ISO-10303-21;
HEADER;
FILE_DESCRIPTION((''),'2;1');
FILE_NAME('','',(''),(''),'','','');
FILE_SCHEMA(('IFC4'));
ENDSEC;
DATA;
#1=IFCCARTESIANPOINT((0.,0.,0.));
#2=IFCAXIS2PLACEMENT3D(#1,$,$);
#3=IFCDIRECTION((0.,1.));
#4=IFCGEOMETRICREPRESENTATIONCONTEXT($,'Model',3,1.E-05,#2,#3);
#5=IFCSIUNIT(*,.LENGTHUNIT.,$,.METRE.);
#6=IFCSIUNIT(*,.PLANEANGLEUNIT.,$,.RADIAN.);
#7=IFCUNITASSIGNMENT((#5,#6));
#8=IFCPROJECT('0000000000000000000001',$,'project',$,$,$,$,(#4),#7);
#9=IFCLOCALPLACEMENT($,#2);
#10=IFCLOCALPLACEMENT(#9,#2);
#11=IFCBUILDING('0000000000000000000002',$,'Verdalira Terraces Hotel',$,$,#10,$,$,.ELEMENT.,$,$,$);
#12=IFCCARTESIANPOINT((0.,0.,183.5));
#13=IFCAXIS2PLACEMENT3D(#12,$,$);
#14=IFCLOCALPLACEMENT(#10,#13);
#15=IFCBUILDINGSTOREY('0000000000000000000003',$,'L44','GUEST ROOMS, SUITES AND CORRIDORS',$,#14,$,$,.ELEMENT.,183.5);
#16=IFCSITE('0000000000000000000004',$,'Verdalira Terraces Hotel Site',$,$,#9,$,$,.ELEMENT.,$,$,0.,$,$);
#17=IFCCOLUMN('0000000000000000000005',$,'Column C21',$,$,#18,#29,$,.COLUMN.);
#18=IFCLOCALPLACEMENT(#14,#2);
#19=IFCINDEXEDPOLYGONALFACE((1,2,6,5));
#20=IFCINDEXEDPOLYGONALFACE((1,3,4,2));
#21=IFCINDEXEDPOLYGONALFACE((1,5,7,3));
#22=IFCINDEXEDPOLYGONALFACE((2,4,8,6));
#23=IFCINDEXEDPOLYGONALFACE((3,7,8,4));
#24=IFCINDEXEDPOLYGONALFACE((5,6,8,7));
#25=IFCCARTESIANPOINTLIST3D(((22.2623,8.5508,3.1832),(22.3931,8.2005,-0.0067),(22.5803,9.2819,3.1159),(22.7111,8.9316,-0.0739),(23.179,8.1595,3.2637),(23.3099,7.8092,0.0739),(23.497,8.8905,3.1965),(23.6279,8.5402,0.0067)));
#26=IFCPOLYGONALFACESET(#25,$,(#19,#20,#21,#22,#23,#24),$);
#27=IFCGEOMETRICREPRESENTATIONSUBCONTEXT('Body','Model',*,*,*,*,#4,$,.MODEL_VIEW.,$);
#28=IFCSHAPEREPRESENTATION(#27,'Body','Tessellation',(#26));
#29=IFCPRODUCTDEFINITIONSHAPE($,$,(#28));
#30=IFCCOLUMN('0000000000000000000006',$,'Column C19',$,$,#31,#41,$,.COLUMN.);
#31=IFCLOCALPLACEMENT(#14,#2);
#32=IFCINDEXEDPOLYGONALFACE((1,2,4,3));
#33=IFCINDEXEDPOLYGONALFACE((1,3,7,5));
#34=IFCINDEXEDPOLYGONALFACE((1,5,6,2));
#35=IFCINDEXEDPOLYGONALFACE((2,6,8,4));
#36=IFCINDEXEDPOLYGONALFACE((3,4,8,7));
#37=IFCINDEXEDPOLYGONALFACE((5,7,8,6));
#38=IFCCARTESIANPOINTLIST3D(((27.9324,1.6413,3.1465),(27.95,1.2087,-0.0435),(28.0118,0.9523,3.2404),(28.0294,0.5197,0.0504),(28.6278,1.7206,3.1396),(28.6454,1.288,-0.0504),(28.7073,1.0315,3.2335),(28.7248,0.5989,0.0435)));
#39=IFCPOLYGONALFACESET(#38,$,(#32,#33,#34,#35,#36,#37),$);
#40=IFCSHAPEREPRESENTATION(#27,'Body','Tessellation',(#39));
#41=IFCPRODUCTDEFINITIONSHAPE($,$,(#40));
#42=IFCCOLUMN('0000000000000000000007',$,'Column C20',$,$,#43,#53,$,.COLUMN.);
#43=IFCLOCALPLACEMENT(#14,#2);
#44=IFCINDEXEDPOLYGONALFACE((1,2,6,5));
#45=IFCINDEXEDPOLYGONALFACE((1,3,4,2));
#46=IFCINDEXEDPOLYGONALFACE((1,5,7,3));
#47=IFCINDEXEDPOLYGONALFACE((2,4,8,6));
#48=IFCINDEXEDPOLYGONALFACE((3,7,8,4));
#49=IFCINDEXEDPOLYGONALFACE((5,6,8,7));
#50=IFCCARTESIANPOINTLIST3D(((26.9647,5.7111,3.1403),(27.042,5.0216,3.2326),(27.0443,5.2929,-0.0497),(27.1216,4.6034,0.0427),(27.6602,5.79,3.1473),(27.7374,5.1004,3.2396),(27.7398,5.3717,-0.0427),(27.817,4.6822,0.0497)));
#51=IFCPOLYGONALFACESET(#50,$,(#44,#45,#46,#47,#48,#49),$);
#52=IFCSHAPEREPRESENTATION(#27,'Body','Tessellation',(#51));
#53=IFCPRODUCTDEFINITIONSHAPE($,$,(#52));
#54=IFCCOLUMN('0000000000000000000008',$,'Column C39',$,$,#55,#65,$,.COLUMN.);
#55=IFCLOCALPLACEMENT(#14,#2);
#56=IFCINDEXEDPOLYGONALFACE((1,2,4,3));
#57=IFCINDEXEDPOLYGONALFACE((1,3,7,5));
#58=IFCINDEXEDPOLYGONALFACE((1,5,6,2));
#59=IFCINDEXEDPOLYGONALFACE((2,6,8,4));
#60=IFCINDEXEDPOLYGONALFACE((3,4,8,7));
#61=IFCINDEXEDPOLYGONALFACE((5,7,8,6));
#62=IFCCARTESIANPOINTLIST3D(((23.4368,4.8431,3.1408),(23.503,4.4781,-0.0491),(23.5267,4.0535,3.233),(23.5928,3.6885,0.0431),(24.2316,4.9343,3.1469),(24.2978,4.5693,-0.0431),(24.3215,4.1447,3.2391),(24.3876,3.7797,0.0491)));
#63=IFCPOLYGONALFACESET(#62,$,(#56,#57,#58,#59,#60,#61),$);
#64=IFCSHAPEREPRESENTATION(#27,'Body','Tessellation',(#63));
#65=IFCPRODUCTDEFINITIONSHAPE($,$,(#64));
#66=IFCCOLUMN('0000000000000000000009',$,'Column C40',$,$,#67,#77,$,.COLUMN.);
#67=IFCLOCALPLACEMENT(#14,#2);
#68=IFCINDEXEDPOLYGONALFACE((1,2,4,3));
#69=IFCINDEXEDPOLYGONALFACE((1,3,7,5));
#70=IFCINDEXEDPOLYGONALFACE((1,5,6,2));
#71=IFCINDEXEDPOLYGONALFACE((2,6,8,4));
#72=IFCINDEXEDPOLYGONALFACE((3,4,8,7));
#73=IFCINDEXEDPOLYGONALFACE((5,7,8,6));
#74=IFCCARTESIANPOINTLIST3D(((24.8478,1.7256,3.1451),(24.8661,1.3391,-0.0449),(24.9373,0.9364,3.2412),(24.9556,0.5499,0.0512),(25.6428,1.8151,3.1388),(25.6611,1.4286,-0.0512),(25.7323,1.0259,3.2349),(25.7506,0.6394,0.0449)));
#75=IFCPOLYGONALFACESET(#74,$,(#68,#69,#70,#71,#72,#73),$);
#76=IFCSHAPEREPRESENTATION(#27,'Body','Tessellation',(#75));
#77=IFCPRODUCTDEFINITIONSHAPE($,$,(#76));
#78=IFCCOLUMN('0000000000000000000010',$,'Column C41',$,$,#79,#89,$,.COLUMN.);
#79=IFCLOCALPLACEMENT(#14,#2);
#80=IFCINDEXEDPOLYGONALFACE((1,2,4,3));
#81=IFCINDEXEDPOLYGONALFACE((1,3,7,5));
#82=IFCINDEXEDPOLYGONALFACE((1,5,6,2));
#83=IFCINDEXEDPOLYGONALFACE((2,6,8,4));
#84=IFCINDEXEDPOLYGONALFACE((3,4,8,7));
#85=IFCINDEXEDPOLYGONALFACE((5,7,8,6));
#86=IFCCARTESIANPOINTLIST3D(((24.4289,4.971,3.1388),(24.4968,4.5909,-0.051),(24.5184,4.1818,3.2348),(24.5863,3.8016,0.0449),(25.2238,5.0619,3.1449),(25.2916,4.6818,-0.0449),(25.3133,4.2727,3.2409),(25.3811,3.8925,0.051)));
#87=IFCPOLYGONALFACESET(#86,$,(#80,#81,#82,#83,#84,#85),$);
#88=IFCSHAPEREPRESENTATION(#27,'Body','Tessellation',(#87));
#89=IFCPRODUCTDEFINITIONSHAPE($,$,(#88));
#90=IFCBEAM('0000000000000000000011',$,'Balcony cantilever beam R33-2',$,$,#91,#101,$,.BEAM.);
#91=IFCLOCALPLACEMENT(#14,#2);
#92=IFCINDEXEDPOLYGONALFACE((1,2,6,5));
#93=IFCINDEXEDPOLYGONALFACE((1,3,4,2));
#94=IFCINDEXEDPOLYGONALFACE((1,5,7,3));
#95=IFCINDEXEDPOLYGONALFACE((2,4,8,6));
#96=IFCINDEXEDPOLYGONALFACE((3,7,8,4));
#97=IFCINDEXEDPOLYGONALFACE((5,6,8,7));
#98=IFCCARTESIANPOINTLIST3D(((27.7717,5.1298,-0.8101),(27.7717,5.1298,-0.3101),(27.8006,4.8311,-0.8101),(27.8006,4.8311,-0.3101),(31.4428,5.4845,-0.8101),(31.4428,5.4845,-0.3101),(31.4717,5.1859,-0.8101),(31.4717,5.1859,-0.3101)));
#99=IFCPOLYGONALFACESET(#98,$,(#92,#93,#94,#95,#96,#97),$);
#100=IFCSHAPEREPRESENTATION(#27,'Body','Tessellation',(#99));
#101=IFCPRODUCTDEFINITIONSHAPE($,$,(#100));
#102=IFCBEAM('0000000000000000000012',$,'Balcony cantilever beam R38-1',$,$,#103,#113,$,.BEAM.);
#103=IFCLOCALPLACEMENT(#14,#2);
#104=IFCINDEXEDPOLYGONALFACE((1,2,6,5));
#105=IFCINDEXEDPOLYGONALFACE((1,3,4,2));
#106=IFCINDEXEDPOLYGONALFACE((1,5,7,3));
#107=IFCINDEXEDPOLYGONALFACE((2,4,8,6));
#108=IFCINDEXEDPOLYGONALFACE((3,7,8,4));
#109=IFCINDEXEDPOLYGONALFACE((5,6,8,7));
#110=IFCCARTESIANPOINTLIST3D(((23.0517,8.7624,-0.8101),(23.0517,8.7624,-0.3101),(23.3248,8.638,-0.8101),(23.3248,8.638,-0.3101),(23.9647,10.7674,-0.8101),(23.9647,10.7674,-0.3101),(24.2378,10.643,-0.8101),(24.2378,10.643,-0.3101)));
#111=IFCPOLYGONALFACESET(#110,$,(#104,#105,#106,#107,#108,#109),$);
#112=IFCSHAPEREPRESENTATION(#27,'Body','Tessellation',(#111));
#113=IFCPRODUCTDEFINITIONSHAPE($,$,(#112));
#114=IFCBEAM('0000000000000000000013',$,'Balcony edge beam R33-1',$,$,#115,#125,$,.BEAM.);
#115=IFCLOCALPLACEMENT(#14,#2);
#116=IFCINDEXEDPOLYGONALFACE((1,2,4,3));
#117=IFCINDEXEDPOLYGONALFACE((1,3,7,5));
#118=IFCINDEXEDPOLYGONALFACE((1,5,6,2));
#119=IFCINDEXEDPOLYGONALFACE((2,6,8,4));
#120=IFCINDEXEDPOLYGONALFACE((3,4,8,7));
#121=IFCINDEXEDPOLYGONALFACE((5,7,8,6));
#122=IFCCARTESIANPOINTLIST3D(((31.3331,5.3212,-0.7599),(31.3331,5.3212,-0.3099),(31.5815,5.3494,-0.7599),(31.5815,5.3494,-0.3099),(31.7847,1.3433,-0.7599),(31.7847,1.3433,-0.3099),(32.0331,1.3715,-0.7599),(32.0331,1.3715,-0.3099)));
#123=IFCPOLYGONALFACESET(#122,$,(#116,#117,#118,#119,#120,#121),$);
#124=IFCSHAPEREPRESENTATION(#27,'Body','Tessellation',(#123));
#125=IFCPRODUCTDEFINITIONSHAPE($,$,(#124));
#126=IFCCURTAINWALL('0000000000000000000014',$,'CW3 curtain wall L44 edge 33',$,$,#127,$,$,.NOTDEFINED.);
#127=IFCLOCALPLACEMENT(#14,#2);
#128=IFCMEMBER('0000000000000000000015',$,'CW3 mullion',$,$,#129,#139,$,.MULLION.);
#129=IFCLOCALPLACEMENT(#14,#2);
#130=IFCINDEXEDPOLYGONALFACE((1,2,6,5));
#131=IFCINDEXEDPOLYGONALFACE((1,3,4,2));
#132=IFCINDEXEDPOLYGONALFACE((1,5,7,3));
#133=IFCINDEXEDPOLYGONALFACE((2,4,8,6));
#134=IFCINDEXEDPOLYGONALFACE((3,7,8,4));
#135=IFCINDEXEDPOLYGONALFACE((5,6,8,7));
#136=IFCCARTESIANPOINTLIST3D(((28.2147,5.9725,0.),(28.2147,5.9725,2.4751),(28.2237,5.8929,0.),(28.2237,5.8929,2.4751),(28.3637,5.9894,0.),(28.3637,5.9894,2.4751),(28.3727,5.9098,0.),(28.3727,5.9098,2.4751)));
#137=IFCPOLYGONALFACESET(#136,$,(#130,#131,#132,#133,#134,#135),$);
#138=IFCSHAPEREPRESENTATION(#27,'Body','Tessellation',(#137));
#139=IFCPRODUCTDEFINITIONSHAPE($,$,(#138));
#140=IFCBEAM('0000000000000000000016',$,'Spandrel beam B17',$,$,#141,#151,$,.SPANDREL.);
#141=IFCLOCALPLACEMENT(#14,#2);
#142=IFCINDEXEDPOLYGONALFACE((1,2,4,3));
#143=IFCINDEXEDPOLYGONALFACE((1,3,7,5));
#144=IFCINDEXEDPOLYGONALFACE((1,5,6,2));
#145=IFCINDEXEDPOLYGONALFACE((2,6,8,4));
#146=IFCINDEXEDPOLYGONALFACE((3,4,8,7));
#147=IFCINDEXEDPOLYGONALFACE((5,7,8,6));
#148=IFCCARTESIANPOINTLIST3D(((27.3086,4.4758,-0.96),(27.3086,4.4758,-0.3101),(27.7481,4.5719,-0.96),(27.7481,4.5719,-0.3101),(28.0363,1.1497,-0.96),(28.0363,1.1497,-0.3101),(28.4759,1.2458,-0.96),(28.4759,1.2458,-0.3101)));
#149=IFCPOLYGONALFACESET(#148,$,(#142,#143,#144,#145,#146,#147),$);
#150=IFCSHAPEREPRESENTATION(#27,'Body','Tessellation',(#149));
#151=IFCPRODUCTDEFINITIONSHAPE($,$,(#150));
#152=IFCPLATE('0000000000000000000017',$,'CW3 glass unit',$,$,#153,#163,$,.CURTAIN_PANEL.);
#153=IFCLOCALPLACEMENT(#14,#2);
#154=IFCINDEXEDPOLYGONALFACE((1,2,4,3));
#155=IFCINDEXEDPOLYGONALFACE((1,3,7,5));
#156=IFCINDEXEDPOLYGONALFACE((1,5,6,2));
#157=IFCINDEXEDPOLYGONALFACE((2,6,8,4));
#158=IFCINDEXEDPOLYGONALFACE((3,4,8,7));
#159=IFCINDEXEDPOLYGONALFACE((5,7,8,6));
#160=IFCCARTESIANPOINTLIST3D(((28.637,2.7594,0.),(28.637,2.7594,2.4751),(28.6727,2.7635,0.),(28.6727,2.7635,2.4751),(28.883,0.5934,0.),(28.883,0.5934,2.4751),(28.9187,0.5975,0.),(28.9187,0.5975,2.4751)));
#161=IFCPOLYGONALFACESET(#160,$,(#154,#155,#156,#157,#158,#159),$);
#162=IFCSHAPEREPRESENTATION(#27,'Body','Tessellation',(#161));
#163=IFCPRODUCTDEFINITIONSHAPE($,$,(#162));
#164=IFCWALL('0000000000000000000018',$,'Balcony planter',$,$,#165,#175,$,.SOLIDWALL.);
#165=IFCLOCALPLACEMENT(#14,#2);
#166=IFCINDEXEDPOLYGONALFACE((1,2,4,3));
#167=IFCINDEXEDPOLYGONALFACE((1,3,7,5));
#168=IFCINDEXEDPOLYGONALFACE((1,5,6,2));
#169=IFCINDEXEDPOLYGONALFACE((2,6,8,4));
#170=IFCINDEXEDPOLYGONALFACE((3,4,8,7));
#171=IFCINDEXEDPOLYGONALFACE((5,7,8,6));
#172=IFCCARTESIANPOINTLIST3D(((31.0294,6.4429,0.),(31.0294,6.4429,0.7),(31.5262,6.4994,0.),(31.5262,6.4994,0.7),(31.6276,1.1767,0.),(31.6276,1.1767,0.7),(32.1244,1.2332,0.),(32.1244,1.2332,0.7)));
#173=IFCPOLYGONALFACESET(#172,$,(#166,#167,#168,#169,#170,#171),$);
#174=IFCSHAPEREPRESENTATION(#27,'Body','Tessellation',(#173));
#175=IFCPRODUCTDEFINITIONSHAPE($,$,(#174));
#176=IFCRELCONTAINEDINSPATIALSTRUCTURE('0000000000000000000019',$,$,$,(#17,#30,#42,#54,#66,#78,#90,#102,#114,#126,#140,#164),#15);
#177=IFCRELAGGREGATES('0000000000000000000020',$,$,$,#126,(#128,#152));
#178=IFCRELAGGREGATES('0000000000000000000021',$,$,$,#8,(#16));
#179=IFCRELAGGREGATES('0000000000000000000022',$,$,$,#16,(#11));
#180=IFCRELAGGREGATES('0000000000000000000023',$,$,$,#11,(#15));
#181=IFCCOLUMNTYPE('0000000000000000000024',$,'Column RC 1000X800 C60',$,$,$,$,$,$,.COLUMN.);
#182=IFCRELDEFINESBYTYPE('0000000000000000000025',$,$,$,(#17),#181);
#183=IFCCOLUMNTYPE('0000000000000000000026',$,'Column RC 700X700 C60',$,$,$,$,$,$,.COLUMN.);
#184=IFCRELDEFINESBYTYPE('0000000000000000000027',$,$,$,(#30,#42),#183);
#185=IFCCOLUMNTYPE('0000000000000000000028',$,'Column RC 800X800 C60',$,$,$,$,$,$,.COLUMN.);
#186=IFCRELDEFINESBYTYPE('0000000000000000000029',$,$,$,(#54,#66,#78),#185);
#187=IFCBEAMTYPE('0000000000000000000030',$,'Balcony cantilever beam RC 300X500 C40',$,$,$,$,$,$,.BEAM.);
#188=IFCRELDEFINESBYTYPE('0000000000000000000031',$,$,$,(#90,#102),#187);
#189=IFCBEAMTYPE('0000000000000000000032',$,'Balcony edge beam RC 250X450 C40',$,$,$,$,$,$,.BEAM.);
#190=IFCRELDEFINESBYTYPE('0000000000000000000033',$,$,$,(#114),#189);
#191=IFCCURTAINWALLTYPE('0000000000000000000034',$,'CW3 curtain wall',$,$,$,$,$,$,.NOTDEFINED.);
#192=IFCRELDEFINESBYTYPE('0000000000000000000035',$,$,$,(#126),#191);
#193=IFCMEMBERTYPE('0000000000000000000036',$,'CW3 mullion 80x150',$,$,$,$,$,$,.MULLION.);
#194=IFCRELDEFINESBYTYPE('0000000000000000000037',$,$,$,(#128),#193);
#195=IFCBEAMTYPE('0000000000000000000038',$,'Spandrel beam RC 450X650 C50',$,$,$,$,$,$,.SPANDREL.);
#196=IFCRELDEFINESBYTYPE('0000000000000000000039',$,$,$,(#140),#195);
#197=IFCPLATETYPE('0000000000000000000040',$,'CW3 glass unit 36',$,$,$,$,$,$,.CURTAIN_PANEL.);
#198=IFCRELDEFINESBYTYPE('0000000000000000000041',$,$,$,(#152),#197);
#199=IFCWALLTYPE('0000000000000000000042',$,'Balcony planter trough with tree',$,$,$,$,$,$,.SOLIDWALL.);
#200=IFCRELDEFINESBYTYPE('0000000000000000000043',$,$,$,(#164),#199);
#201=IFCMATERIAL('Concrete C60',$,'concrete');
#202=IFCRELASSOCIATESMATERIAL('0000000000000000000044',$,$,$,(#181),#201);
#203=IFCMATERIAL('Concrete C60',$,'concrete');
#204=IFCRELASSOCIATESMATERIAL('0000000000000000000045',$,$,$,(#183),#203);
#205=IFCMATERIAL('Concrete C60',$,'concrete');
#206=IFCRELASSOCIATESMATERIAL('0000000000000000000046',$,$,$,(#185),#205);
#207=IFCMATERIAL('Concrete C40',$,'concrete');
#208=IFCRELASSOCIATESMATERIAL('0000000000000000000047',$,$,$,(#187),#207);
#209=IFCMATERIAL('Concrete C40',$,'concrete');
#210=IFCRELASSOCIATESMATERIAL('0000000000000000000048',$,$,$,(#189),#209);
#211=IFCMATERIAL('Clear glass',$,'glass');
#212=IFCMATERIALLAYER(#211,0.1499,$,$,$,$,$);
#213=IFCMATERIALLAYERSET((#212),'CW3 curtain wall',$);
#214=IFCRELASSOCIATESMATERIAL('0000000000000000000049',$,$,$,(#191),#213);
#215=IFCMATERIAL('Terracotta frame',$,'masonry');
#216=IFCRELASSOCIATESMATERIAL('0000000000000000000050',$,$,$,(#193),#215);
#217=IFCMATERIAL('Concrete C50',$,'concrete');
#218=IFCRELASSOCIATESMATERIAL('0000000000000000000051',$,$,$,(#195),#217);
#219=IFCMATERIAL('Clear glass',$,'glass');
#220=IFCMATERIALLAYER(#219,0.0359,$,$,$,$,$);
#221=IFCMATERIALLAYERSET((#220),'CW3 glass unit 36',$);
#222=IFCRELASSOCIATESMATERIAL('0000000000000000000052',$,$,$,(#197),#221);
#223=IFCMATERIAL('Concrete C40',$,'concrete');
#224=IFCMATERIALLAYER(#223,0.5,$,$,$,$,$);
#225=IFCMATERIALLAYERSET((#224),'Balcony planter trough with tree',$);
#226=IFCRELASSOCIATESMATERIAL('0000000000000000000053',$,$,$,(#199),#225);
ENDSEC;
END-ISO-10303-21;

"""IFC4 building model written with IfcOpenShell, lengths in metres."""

from ifc_helpers import new_model, si_unit, direction, frame, frame_2d, origin, origin_2d, place, context, subcontext, project, spatial, rectangle, extrude, material, layer, layer_set, material_profile, profile_set, type_object, element, aggregate, save


model = new_model("IFC4")

# Units and contexts
model_context = context("Model", 3, precision=1e-05, world=origin(), true_north=direction((0.0, 1.0)))
body_context = subcontext(model_context, "Body", "Model", "MODEL_VIEW")
ifc_project = project(units=[si_unit("LENGTHUNIT", "METRE"), si_unit("PLANEANGLEUNIT", "RADIAN")], contexts=[model_context])

# Site, building, storey
site_placement = place(None, origin())
site = spatial("IfcSite", under=ifc_project, at=site_placement, Name="Verdalira Terraces Hotel Site", CompositionType="ELEMENT", RefElevation=0.0)
building_placement = place(site_placement, origin())
building = spatial("IfcBuilding", under=site, at=building_placement, Name="Verdalira Terraces Hotel", CompositionType="ELEMENT")
storey_placement = place(building_placement, frame((0.0, 0.0, 183.5)))
storey = spatial("IfcBuildingStorey", under=building, at=storey_placement, Name="L44", Description="GUEST ROOMS, SUITES AND CORRIDORS", CompositionType="ELEMENT", Elevation=183.5)

# Columns
ifc_material_1 = material(Name="Concrete C60", Category="concrete")
ifc_material_profile_1 = material_profile(ifc_material_1, rectangle(XDim=1.0, YDim=0.8, at=origin_2d()), Name="RC 1000X800")
ifc_profile_set_1 = profile_set([ifc_material_profile_1], Name="Concrete C60")
column_type_1 = type_object("IfcColumnType", Name="Column RC 1000X800 C60", PredefinedType="COLUMN", material=ifc_profile_set_1)
column_1_placement = place(storey_placement, frame((23.0105, 8.3704, 0.0), z_axis=(-0.040743, 0.10908, 0.993198), x_axis=(0.916712, -0.391339, 0.080585)))
element("IfcColumn", 1, at=column_1_placement, inside=storey, type_object=column_type_1, Name="Column C21", PredefinedType="COLUMN", context=body_context, shape_type="SweptSolid", body=[
    extrude(rectangle(XDim=1.0, YDim=0.8, at=origin_2d()), origin(), (0.0, 0.0, 1.0), 3.2117),
])
ifc_material_2 = material(Name="Concrete C60", Category="concrete")
ifc_material_profile_2 = material_profile(ifc_material_2, rectangle(XDim=0.7, YDim=0.7, at=origin_2d()), Name="RC 700X700")
ifc_profile_set_2 = profile_set([ifc_material_profile_2], Name="Concrete C60")
column_type_2 = type_object("IfcColumnType", Name="Column RC 700X700 C60", PredefinedType="COLUMN", material=ifc_profile_set_2)
column_2_placement = place(storey_placement, frame((28.3374, 0.9038, 0.0), z_axis=(-0.00546, 0.134387, 0.990914), x_axis=(-0.113495, 0.984442, -0.134135)))
element("IfcColumn", 2, at=column_2_placement, inside=storey, type_object=column_type_2, Name="Column C19", PredefinedType="COLUMN", context=body_context, shape_type="SweptSolid", body=[
    extrude(rectangle(XDim=0.7, YDim=0.7, at=origin_2d()), origin(), (0.0, 0.0, 1.0), 3.2192),
])
column_3_placement = place(storey_placement, frame((27.4307, 4.9875, 0.0), z_axis=(-0.024731, 0.129951, 0.991212), x_axis=(-0.110382, 0.985098, -0.131904)))
element("IfcColumn", 3, at=column_3_placement, inside=storey, type_object=column_type_2, Name="Column C20", PredefinedType="COLUMN", context=body_context, shape_type="SweptSolid", body=[
    extrude(rectangle(XDim=0.7, YDim=0.7, at=origin_2d()), origin(), (0.0, 0.0, 1.0), 3.2183),
])
ifc_material_3 = material(Name="Concrete C60", Category="concrete")
ifc_material_profile_3 = material_profile(ifc_material_3, rectangle(XDim=0.8, YDim=0.8, at=origin_2d()), Name="RC 800X800")
ifc_profile_set_3 = profile_set([ifc_material_profile_3], Name="Concrete C60")
column_type_3 = type_object("IfcColumnType", Name="Column RC 800X800 C60", PredefinedType="COLUMN", material=ifc_profile_set_3)
column_4_placement = place(storey_placement, frame((23.9453, 4.1289, 0.0), z_axis=(-0.020602, 0.113653, 0.993307), x_axis=(0.99346, 0.113926, 0.00757)))
element("IfcColumn", 4, at=column_4_placement, inside=storey, type_object=column_type_3, Name="Column C39", PredefinedType="COLUMN", context=body_context, shape_type="SweptSolid", body=[
    extrude(rectangle(XDim=0.8, YDim=0.8, at=origin_2d()), origin(), (0.0, 0.0, 1.0), 3.2114),
])
column_5_placement = place(storey_placement, frame((25.3084, 0.9893, 0.0), z_axis=(-0.005698, 0.120273, 0.992725), x_axis=(0.993699, 0.111805, -0.007842)))
element("IfcColumn", 5, at=column_5_placement, inside=storey, type_object=column_type_3, Name="Column C40", PredefinedType="COLUMN", context=body_context, shape_type="SweptSolid", body=[
    extrude(rectangle(XDim=0.8, YDim=0.8, at=origin_2d()), origin(), (0.0, 0.0, 1.0), 3.2134),
])
column_6_placement = place(storey_placement, frame((24.939, 4.2417, 0.0), z_axis=(-0.021122, 0.118301, 0.992753), x_axis=(0.993497, 0.113608, 0.0076)))
element("IfcColumn", 6, at=column_6_placement, inside=storey, type_object=column_type_3, Name="Column C41", PredefinedType="COLUMN", context=body_context, shape_type="SweptSolid", body=[
    extrude(rectangle(XDim=0.8, YDim=0.8, at=origin_2d()), origin(), (0.0, 0.0, 1.0), 3.2131),
])

# Beams
ifc_material_4 = material(Name="Concrete C40", Category="concrete")
ifc_material_profile_4 = material_profile(ifc_material_4, rectangle(XDim=0.3, YDim=0.5, at=origin_2d()), Name="RC 300X500")
ifc_profile_set_4 = profile_set([ifc_material_profile_4], Name="Concrete C40")
beam_type_1 = type_object("IfcBeamType", Name="Balcony cantilever beam RC 300X500 C40", PredefinedType="BEAM", material=ifc_profile_set_4)
beam_1_placement = place(storey_placement, frame((27.7861, 4.9805, -0.5601), z_axis=(0.995364, 0.09618, 0.0), x_axis=(-0.09618, 0.995364, 0.0)))
element("IfcBeam", 7, at=beam_1_placement, inside=storey, type_object=beam_type_1, Name="Balcony cantilever beam R33-2", PredefinedType="BEAM", context=body_context, shape_type="SweptSolid", body=[
    extrude(rectangle(XDim=0.3, YDim=0.5, at=origin_2d()), origin(), (0.0, 0.0, 1.0), 3.6882),
])
beam_2_placement = place(storey_placement, frame((23.1882, 8.7002, -0.5601), z_axis=(0.414429, 0.910082, 0.0), x_axis=(-0.910082, 0.414429, 0.0)))
element("IfcBeam", 8, at=beam_2_placement, inside=storey, type_object=beam_type_1, Name="Balcony cantilever beam R38-1", PredefinedType="BEAM", context=body_context, shape_type="SweptSolid", body=[
    extrude(rectangle(XDim=0.3, YDim=0.5, at=origin_2d()), origin(), (0.0, 0.0, 1.0), 2.2031),
])
ifc_material_5 = material(Name="Concrete C40", Category="concrete")
ifc_material_profile_5 = material_profile(ifc_material_5, rectangle(XDim=0.25, YDim=0.45, at=origin_2d()), Name="RC 250X450")
ifc_profile_set_5 = profile_set([ifc_material_profile_5], Name="Concrete C40")
beam_type_2 = type_object("IfcBeamType", Name="Balcony edge beam RC 250X450 C40", PredefinedType="BEAM", material=ifc_profile_set_5)
beam_3_placement = place(storey_placement, frame((31.9089, 1.3574, -0.5349), z_axis=(-0.112821, 0.993615, 0.0), x_axis=(-0.993615, -0.112821, 0.0)))
element("IfcBeam", 9, at=beam_3_placement, inside=storey, type_object=beam_type_2, Name="Balcony edge beam R33-1", PredefinedType="BEAM", context=body_context, shape_type="SweptSolid", body=[
    extrude(rectangle(XDim=0.25, YDim=0.45, at=origin_2d()), origin(), (0.0, 0.0, 1.0), 4.0034),
])

# Curtain wall, member
ifc_material_6 = material(Name="Clear glass", Category="glass")
ifc_layer_1 = layer(ifc_material_6, 0.1499)
ifc_layer_set_1 = layer_set([ifc_layer_1], Name="CW3 curtain wall")
curtain_wall_type = type_object("IfcCurtainWallType", Name="CW3 curtain wall", PredefinedType="NOTDEFINED", material=ifc_layer_set_1)
curtain_wall_placement = place(storey_placement, origin())
curtain_wall = element("IfcCurtainWall", 10, at=curtain_wall_placement, inside=storey, type_object=curtain_wall_type, Name="CW3 curtain wall L44 edge 33", PredefinedType="NOTDEFINED")
ifc_material_7 = material(Name="Terracotta frame", Category="masonry")
ifc_material_profile_6 = material_profile(ifc_material_7, rectangle(XDim=0.0801, YDim=0.1499, at=origin_2d()), Name="MU 80x150")
ifc_profile_set_6 = profile_set([ifc_material_profile_6], Name="Terracotta frame")
member_type = type_object("IfcMemberType", Name="CW3 mullion 80x150", PredefinedType="MULLION", material=ifc_profile_set_6)
member_placement = place(storey_placement, frame((28.2937, 5.9412, 0.0), z_axis=(0.0, 0.0, 1.0), x_axis=(-0.112856, 0.993611, 0.0)))
member = element("IfcMember", 11, at=member_placement, type_object=member_type, Name="CW3 mullion", PredefinedType="MULLION", context=body_context, shape_type="SweptSolid", body=[
    extrude(rectangle(XDim=0.0801, YDim=0.1499, at=origin_2d()), origin(), (0.0, 0.0, 1.0), 2.4751),
])

# Beam
ifc_material_8 = material(Name="Concrete C50", Category="concrete")
ifc_material_profile_7 = material_profile(ifc_material_8, rectangle(XDim=0.45, YDim=0.6499, at=origin_2d()), Name="RC 450X650")
ifc_profile_set_7 = profile_set([ifc_material_profile_7], Name="Concrete C50")
beam_type_3 = type_object("IfcBeamType", Name="Spandrel beam RC 450X650 C50", PredefinedType="SPANDREL", material=ifc_profile_set_7)
beam_4_placement = place(storey_placement, frame((28.2561, 1.1978, -0.635), z_axis=(-0.213748, 0.976889, 0.0), x_axis=(-0.976889, -0.213748, 0.0)))
element("IfcBeam", 12, at=beam_4_placement, inside=storey, type_object=beam_type_3, Name="Spandrel beam B17", PredefinedType="SPANDREL", context=body_context, shape_type="SweptSolid", body=[
    extrude(rectangle(XDim=0.45, YDim=0.6499, at=origin_2d()), origin(), (0.0, 0.0, 1.0), 3.4048),
])

# Plate
ifc_material_9 = material(Name="Clear glass", Category="glass")
ifc_layer_2 = layer(ifc_material_9, 0.0359)
ifc_layer_set_2 = layer_set([ifc_layer_2], Name="CW3 glass unit 36")
plate_type = type_object("IfcPlateType", Name="CW3 glass unit 36", PredefinedType="CURTAIN_PANEL", material=ifc_layer_set_2)
plate_placement = place(storey_placement, frame((28.7778, 1.6785, 0.0), z_axis=(0.0, 0.0, 1.0), x_axis=(-0.112856, 0.993611, 0.0)))
plate = element("IfcPlate", 13, at=plate_placement, type_object=plate_type, Name="CW3 glass unit", PredefinedType="CURTAIN_PANEL", context=body_context, shape_type="SweptSolid", body=[
    extrude(rectangle(XDim=2.1799, YDim=0.0359, at=origin_2d()), origin(), (0.0, 0.0, 1.0), 2.4751),
])
aggregate(curtain_wall, [member, plate])

# Wall
ifc_material_10 = material(Name="Concrete C40", Category="concrete")
ifc_layer_3 = layer(ifc_material_10, 0.5)
ifc_layer_set_3 = layer_set([ifc_layer_3], Name="Balcony planter trough with tree")
wall_type_1 = type_object("IfcWallType", Name="Balcony planter trough with tree", PredefinedType="SOLIDWALL", material=ifc_layer_set_3)
wall_1_placement = place(storey_placement, frame((31.876, 1.2051, 0.0), z_axis=(0.0, 0.0, 1.0), x_axis=(-0.112858, 0.993611, 0.0)))
element("IfcWall", 14, at=wall_1_placement, inside=storey, type_object=wall_type_1, Name="Balcony planter", PredefinedType="SOLIDWALL", context=body_context, shape_type="SweptSolid", body=[
    extrude(rectangle(XDim=5.3, YDim=0.5, at=frame_2d((2.6499, 0.0))), origin(), (0.0, 0.0, 1.0), 0.7),
])

save(model, "model.ifc")
